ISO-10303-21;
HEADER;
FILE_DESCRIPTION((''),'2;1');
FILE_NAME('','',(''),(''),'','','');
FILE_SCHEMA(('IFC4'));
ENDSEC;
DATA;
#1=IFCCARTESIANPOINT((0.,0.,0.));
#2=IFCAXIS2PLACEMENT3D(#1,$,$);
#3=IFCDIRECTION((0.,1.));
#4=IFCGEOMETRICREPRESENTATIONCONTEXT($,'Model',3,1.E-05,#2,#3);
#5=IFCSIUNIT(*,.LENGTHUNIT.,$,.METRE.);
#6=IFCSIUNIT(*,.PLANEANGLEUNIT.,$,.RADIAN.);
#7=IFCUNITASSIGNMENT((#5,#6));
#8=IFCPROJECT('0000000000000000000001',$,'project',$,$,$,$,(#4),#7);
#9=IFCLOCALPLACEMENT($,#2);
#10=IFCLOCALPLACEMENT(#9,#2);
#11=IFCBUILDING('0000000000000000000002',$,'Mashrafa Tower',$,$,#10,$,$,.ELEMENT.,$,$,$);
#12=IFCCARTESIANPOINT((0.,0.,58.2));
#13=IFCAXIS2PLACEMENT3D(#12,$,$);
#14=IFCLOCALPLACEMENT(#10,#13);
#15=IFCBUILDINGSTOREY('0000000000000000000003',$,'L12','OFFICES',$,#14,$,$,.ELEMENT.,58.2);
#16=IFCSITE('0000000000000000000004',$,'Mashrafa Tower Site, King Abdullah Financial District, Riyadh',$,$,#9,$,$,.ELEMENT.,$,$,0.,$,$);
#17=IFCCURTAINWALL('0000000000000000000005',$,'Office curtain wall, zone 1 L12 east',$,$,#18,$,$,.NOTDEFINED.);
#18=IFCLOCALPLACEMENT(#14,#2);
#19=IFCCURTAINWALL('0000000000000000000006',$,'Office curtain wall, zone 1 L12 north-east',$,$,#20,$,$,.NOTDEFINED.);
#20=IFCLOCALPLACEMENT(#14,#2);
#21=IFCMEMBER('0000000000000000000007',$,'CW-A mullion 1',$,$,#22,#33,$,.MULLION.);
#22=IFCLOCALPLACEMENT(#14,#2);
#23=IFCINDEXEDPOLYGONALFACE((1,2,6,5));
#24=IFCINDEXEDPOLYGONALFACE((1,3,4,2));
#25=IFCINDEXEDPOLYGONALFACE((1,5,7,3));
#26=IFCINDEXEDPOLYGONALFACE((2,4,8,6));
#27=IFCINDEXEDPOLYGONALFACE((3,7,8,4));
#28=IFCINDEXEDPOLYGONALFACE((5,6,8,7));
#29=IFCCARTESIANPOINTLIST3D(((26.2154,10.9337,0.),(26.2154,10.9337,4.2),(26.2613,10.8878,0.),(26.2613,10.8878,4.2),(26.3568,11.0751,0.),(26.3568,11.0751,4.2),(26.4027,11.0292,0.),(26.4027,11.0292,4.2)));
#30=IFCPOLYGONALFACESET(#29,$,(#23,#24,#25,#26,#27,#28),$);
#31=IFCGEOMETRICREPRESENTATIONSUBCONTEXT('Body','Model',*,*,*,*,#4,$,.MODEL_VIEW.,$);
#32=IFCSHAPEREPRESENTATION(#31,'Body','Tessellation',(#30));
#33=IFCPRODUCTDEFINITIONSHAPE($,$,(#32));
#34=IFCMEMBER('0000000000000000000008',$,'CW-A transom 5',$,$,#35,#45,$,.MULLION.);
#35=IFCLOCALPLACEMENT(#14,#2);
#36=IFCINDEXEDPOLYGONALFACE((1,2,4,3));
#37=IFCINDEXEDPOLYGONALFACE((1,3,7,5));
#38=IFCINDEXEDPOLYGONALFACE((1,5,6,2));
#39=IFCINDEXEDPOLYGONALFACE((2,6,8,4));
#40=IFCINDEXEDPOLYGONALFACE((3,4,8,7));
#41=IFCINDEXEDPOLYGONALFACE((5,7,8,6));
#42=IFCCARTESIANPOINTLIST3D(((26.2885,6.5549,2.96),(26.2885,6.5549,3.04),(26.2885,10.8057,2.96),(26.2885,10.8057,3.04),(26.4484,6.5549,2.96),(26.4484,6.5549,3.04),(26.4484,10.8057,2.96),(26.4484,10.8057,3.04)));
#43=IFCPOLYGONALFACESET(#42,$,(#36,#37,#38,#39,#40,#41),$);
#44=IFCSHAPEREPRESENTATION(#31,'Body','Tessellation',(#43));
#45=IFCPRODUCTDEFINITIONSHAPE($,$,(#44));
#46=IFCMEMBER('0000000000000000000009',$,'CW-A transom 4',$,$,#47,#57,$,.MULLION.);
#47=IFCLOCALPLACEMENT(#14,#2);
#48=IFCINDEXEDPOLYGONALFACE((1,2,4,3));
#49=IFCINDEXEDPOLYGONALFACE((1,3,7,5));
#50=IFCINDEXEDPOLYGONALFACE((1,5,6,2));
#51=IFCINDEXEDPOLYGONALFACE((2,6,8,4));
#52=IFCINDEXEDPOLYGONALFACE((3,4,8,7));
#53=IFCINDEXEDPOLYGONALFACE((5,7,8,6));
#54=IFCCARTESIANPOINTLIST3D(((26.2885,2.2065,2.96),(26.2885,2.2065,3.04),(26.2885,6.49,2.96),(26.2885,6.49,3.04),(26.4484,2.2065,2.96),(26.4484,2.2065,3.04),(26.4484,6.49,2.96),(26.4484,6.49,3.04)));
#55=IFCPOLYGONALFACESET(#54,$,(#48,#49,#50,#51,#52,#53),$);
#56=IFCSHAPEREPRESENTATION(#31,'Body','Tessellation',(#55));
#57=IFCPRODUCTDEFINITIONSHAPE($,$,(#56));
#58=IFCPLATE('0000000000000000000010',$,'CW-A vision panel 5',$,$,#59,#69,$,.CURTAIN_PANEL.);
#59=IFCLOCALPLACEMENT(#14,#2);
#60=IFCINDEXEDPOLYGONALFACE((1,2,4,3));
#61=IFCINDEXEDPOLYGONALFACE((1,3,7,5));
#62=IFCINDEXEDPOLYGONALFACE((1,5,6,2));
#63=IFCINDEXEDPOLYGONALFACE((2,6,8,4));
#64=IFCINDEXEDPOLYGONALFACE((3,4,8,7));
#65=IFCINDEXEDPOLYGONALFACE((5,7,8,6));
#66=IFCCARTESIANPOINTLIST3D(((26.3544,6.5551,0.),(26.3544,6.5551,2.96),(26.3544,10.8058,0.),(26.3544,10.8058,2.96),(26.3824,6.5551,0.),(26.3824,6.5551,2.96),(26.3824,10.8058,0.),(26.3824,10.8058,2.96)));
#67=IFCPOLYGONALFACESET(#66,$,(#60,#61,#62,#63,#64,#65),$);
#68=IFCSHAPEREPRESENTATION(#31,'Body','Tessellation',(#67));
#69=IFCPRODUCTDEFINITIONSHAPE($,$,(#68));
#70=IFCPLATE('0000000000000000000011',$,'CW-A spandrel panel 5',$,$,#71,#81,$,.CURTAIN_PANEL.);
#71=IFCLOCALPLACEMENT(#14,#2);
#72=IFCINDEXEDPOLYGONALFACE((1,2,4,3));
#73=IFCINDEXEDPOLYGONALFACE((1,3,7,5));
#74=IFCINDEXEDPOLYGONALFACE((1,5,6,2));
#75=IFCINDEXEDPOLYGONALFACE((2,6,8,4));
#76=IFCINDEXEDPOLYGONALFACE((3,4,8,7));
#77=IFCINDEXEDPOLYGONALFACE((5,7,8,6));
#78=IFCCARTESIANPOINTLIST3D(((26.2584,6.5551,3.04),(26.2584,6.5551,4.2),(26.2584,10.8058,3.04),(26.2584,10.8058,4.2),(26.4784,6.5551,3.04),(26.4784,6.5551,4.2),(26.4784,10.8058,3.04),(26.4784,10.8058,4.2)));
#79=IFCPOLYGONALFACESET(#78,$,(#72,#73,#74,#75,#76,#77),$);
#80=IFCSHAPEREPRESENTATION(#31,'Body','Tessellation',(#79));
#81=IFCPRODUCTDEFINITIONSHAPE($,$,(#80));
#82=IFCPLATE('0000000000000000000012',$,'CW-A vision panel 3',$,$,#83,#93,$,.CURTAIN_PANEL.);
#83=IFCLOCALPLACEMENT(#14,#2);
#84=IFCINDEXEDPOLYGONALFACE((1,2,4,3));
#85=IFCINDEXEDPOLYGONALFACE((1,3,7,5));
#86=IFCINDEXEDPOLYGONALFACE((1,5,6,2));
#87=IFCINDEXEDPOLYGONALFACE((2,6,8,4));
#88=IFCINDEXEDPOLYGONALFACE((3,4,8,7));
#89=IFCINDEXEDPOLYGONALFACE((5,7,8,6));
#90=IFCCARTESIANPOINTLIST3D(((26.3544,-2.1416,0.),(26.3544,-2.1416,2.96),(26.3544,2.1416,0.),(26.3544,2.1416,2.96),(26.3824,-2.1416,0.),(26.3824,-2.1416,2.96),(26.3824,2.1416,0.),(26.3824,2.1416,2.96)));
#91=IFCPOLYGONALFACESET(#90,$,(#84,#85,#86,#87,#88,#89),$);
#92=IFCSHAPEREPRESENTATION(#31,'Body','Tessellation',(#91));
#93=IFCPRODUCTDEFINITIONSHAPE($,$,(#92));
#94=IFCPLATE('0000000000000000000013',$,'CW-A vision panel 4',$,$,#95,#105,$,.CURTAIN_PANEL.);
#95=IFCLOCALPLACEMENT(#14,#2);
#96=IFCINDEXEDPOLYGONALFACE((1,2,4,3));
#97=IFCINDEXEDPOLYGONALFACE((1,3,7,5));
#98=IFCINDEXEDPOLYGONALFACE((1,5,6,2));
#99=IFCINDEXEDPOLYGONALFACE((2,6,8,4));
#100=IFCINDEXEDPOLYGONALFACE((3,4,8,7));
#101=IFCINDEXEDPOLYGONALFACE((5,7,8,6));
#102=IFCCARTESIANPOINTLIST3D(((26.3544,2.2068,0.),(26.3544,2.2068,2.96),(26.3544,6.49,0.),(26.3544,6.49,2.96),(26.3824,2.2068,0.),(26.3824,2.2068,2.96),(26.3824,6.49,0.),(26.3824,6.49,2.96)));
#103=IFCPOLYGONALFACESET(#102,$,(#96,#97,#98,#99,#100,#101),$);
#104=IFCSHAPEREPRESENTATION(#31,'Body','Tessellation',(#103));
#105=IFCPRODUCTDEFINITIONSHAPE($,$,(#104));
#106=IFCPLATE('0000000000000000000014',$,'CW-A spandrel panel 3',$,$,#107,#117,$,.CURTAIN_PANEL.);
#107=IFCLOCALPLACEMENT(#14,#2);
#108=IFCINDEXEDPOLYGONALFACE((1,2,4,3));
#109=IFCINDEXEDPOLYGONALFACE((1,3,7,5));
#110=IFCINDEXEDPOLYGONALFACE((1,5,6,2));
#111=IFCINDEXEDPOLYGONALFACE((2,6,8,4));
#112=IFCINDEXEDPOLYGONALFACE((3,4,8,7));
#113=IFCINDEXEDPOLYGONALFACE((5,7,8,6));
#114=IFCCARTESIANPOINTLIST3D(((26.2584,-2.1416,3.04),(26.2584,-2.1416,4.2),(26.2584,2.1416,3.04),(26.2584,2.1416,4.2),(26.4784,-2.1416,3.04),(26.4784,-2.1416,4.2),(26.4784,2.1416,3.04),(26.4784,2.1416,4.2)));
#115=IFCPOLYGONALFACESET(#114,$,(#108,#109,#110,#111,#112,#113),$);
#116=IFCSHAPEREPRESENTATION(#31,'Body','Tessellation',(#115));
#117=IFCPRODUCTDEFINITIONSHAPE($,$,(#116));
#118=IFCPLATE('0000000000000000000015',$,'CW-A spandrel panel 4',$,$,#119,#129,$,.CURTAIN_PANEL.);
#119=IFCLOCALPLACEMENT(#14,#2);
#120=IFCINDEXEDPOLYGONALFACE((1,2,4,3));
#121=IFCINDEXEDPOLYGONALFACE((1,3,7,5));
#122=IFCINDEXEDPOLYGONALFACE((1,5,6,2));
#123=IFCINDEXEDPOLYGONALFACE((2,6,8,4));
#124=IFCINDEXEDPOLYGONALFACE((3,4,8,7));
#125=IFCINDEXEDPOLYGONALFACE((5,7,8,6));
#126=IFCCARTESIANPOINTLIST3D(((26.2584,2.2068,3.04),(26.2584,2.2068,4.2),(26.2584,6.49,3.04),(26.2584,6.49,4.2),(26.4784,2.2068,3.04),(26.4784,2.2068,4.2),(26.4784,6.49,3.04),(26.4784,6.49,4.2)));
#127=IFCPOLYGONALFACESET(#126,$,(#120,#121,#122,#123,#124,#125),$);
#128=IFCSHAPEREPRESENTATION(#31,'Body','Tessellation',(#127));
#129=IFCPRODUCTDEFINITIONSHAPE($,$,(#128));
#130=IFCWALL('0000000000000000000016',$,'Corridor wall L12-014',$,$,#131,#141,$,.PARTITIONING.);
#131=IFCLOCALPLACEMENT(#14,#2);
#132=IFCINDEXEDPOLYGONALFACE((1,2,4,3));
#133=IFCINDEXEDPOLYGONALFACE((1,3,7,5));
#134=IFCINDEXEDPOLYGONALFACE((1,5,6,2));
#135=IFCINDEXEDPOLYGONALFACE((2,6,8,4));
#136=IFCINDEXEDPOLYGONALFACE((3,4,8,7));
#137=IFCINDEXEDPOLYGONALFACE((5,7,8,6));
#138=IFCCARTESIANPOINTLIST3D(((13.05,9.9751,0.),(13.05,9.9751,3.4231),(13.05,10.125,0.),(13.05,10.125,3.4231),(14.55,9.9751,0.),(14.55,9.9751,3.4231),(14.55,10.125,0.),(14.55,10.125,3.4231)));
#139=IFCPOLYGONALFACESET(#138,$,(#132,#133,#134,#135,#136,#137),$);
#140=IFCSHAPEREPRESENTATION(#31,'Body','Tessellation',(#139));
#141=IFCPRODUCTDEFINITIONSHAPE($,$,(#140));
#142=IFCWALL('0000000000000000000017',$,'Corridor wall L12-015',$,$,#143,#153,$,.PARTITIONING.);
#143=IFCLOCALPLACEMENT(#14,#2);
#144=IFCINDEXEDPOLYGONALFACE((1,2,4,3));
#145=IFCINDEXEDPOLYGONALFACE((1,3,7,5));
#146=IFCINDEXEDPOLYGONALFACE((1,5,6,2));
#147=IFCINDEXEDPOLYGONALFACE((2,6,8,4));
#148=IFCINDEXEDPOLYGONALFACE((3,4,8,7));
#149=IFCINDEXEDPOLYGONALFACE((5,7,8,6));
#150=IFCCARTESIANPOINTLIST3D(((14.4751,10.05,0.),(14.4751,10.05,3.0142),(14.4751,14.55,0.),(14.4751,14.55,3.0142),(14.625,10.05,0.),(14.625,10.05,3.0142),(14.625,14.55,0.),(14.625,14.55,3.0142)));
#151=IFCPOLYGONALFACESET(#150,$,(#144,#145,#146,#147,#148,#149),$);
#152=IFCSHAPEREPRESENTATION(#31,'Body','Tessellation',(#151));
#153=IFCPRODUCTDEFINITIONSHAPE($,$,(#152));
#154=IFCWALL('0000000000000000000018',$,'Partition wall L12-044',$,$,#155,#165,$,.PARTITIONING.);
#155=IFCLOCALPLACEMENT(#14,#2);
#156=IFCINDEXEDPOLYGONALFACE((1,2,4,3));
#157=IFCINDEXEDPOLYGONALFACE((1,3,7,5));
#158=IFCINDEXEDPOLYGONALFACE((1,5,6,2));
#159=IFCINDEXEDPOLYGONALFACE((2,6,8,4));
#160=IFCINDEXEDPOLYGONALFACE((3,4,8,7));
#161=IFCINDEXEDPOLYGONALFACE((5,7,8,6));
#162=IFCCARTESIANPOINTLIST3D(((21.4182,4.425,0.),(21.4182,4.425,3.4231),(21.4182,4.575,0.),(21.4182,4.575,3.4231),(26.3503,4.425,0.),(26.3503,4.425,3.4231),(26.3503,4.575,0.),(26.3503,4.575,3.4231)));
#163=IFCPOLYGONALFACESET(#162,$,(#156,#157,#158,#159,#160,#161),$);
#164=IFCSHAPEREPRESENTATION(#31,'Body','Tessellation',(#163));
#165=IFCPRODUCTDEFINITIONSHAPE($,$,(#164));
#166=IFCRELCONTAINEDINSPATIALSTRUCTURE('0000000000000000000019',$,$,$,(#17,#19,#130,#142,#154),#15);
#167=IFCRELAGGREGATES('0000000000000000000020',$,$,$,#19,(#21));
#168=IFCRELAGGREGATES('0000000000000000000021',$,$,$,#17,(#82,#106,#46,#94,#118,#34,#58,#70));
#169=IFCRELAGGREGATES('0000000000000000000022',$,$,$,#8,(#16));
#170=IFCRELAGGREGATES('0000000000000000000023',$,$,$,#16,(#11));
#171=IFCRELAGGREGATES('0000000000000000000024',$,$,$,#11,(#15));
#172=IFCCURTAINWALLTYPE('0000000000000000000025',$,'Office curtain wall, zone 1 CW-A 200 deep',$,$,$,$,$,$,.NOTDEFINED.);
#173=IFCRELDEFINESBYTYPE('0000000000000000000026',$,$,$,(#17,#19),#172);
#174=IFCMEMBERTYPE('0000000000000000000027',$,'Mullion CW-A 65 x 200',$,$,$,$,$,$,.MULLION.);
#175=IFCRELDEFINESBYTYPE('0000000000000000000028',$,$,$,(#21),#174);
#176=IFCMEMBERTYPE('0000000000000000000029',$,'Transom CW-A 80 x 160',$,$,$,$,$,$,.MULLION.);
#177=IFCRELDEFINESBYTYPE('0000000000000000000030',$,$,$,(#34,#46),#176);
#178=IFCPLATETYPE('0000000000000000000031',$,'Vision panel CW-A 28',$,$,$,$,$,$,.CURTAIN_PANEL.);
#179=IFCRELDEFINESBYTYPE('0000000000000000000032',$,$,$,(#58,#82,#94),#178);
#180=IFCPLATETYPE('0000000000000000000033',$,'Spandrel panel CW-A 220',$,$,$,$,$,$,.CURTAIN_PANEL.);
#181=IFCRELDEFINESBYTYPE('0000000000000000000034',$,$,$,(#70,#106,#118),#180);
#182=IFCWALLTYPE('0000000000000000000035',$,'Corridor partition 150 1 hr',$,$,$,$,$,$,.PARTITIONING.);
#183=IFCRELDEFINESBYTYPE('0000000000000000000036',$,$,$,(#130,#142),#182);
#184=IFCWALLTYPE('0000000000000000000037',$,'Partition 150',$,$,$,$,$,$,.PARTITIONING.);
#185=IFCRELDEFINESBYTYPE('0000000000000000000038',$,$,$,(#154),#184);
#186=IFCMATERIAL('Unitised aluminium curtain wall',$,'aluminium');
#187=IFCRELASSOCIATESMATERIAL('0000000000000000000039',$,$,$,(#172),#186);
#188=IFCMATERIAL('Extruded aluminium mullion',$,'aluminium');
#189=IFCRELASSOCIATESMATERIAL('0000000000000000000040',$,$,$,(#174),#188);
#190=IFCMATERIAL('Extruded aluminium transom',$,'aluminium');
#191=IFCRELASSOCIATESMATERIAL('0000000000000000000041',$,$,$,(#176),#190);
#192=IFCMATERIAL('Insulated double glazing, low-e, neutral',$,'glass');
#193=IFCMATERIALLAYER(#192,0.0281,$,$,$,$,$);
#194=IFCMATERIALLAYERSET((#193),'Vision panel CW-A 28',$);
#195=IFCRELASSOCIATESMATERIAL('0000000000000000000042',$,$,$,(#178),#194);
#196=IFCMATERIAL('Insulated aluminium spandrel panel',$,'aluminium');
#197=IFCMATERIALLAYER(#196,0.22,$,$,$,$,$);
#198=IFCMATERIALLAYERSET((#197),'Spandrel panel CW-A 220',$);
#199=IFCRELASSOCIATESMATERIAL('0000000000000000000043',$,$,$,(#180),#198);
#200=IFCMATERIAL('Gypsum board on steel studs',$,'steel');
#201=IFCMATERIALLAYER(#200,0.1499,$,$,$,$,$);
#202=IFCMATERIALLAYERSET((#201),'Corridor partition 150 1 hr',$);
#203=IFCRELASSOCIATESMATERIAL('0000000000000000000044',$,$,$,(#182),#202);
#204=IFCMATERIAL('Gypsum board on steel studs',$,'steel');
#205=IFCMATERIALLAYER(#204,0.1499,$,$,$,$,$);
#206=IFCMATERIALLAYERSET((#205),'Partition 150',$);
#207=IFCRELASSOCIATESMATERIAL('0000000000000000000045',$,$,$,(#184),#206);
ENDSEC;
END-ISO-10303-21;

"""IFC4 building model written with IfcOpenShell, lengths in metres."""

from ifc_helpers import new_model, si_unit, direction, frame, frame_2d, origin, origin_2d, place, context, subcontext, project, spatial, rectangle, extrude, source, transform, mapped, material, layer, layer_set, material_profile, profile_set, type_object, type_shapes, element, aggregate, save


model = new_model("IFC4")

# Units and contexts
model_context = context("Model", 3, precision=1e-05, world=origin(), true_north=direction((0.0, 1.0)))
body_context = subcontext(model_context, "Body", "Model", "MODEL_VIEW")
ifc_project = project(units=[si_unit("LENGTHUNIT", "METRE"), si_unit("PLANEANGLEUNIT", "RADIAN")], contexts=[model_context])

# Site, building, storey
site_placement = place(None, origin())
site = spatial("IfcSite", under=ifc_project, at=site_placement, Name="Mashrafa Tower Site, King Abdullah Financial District, Riyadh", CompositionType="ELEMENT", RefElevation=0.0)
building_placement = place(site_placement, origin())
building = spatial("IfcBuilding", under=site, at=building_placement, Name="Mashrafa Tower", CompositionType="ELEMENT")
storey_placement = place(building_placement, frame((0.0, 0.0, 58.2)))
storey = spatial("IfcBuildingStorey", under=building, at=storey_placement, Name="L12", Description="OFFICES", CompositionType="ELEMENT", Elevation=58.2)

# Curtain wall
ifc_material_1 = material(Name="Unitised aluminium curtain wall", Category="aluminium")
curtain_wall_type = type_object("IfcCurtainWallType", Name="Office curtain wall, zone 1 CW-A 200 deep", PredefinedType="NOTDEFINED", material=ifc_material_1)
curtain_wall_1_placement = place(storey_placement, origin())
curtain_wall_1 = element("IfcCurtainWall", 1, at=curtain_wall_1_placement, inside=storey, type_object=curtain_wall_type, Name="Office curtain wall, zone 1 L12 east", PredefinedType="NOTDEFINED")
ifc_material_2 = material(Name="Extruded aluminium mullion", Category="aluminium")
ifc_material_profile_1 = material_profile(ifc_material_2, rectangle(XDim=0.2, YDim=0.0649, at=origin_2d()), Name="Mullion 65x200")
ifc_profile_set_1 = profile_set([ifc_material_profile_1], Name="Extruded aluminium mullion")
member_type_1 = type_object("IfcMemberType", Name="Mullion CW-A 65 x 200", PredefinedType="MULLION", material=ifc_profile_set_1)
shared_shape_1 = source(origin(), body_context, "Body", "SweptSolid", [
    extrude(rectangle(XDim=0.2, YDim=0.0649, at=origin_2d()), origin(), (0.0, 0.0, 1.0), 4.2),
])
type_shapes(member_type_1, [shared_shape_1])

# Curtain wall, member
curtain_wall_2_placement = place(storey_placement, origin())
curtain_wall_2 = element("IfcCurtainWall", 2, at=curtain_wall_2_placement, inside=storey, type_object=curtain_wall_type, Name="Office curtain wall, zone 1 L12 north-east", PredefinedType="NOTDEFINED")
member_1_placement = place(storey_placement, frame((26.3091, 10.9814, 0.0), z_axis=(0.0, 0.0, 1.0), x_axis=(-0.707107, -0.707107, 0.0)))
member_1 = element("IfcMember", 3, at=member_1_placement, type_object=member_type_1, Name="CW-A mullion 1", PredefinedType="MULLION", context=body_context, shape_type="MappedRepresentation", body=[
    mapped(shared_shape_1, transform((0.0, 0.0, 0.0))),
])
aggregate(curtain_wall_2, [member_1])

# Members
ifc_material_3 = material(Name="Extruded aluminium transom", Category="aluminium")
ifc_material_profile_2 = material_profile(ifc_material_3, rectangle(XDim=0.1599, YDim=0.0801, at=origin_2d()), Name="Transom 80x160")
ifc_profile_set_2 = profile_set([ifc_material_profile_2], Name="Extruded aluminium transom")
member_type_2 = type_object("IfcMemberType", Name="Transom CW-A 80 x 160", PredefinedType="MULLION", material=ifc_profile_set_2)
shared_shape_2 = source(origin(), body_context, "Body", "SweptSolid", [
    extrude(rectangle(XDim=0.1599, YDim=0.0801, at=origin_2d()), origin(), (0.0, 0.0, 1.0), 4.2507),
])
member_2_placement = place(storey_placement, frame((26.3684, 6.5549, 3.0), z_axis=(0.0, 1.0, 0.0), x_axis=(-1.0, 0.0, 0.0)))
member_2 = element("IfcMember", 4, at=member_2_placement, type_object=member_type_2, Name="CW-A transom 5", PredefinedType="MULLION", context=body_context, shape_type="MappedRepresentation", body=[
    mapped(shared_shape_2, transform((0.0, 0.0, 0.0))),
])
shared_shape_3 = source(origin(), body_context, "Body", "SweptSolid", [
    extrude(rectangle(XDim=0.1599, YDim=0.0801, at=origin_2d()), origin(), (0.0, 0.0, 1.0), 4.2834),
])
type_shapes(member_type_2, [shared_shape_2, shared_shape_3])
member_3_placement = place(storey_placement, frame((26.3684, 2.2065, 3.0), z_axis=(0.0, 1.0, 0.0), x_axis=(-1.0, 0.0, 0.0)))
member_3 = element("IfcMember", 5, at=member_3_placement, type_object=member_type_2, Name="CW-A transom 4", PredefinedType="MULLION", context=body_context, shape_type="MappedRepresentation", body=[
    mapped(shared_shape_3, transform((0.0, 0.0, 0.0))),
])

# Plates
ifc_material_4 = material(Name="Insulated double glazing, low-e, neutral", Category="glass")
ifc_layer_1 = layer(ifc_material_4, 0.0281)
ifc_layer_set_1 = layer_set([ifc_layer_1], Name="Vision panel CW-A 28")
plate_type_1 = type_object("IfcPlateType", Name="Vision panel CW-A 28", PredefinedType="CURTAIN_PANEL", material=ifc_layer_set_1)
shared_shape_4 = source(origin(), body_context, "Body", "SweptSolid", [
    extrude(rectangle(XDim=4.2507, YDim=0.0281, at=origin_2d()), origin(), (0.0, 0.0, 1.0), 2.96),
])
plate_1_placement = place(storey_placement, frame((26.3684, 8.6804, 0.0), z_axis=(0.0, 0.0, 1.0), x_axis=(0.0, 1.0, 0.0)))
plate_1 = element("IfcPlate", 6, at=plate_1_placement, type_object=plate_type_1, Name="CW-A vision panel 5", PredefinedType="CURTAIN_PANEL", context=body_context, shape_type="MappedRepresentation", body=[
    mapped(shared_shape_4, transform((0.0, 0.0, 0.0))),
])
ifc_material_5 = material(Name="Insulated aluminium spandrel panel", Category="aluminium")
ifc_layer_2 = layer(ifc_material_5, 0.22)
ifc_layer_set_2 = layer_set([ifc_layer_2], Name="Spandrel panel CW-A 220")
plate_type_2 = type_object("IfcPlateType", Name="Spandrel panel CW-A 220", PredefinedType="CURTAIN_PANEL", material=ifc_layer_set_2)
shared_shape_5 = source(origin(), body_context, "Body", "SweptSolid", [
    extrude(rectangle(XDim=4.2507, YDim=0.22, at=origin_2d()), origin(), (0.0, 0.0, 1.0), 1.1599),
])
plate_2_placement = place(storey_placement, frame((26.3684, 8.6804, 3.04), z_axis=(0.0, 0.0, 1.0), x_axis=(0.0, 1.0, 0.0)))
plate_2 = element("IfcPlate", 7, at=plate_2_placement, type_object=plate_type_2, Name="CW-A spandrel panel 5", PredefinedType="CURTAIN_PANEL", context=body_context, shape_type="MappedRepresentation", body=[
    mapped(shared_shape_5, transform((0.0, 0.0, 0.0))),
])
shared_shape_6 = source(origin(), body_context, "Body", "SweptSolid", [
    extrude(rectangle(XDim=4.2832, YDim=0.0281, at=origin_2d()), origin(), (0.0, 0.0, 1.0), 2.96),
])
type_shapes(plate_type_1, [shared_shape_4, shared_shape_6])
plate_3_placement = place(storey_placement, frame((26.3684, 0.0, 0.0), z_axis=(0.0, 0.0, 1.0), x_axis=(0.0, 1.0, 0.0)))
plate_3 = element("IfcPlate", 8, at=plate_3_placement, type_object=plate_type_1, Name="CW-A vision panel 3", PredefinedType="CURTAIN_PANEL", context=body_context, shape_type="MappedRepresentation", body=[
    mapped(shared_shape_6, transform((0.0, 0.0, 0.0))),
])
plate_4_placement = place(storey_placement, frame((26.3684, 4.3484, 0.0), z_axis=(0.0, 0.0, 1.0), x_axis=(0.0, 1.0, 0.0)))
plate_4 = element("IfcPlate", 9, at=plate_4_placement, type_object=plate_type_1, Name="CW-A vision panel 4", PredefinedType="CURTAIN_PANEL", context=body_context, shape_type="MappedRepresentation", body=[
    mapped(shared_shape_6, transform((0.0, 0.0, 0.0))),
])
shared_shape_7 = source(origin(), body_context, "Body", "SweptSolid", [
    extrude(rectangle(XDim=4.2832, YDim=0.22, at=origin_2d()), origin(), (0.0, 0.0, 1.0), 1.1599),
])
type_shapes(plate_type_2, [shared_shape_5, shared_shape_7])
plate_5_placement = place(storey_placement, frame((26.3684, 0.0, 3.04), z_axis=(0.0, 0.0, 1.0), x_axis=(0.0, 1.0, 0.0)))
plate_5 = element("IfcPlate", 10, at=plate_5_placement, type_object=plate_type_2, Name="CW-A spandrel panel 3", PredefinedType="CURTAIN_PANEL", context=body_context, shape_type="MappedRepresentation", body=[
    mapped(shared_shape_7, transform((0.0, 0.0, 0.0))),
])
plate_6_placement = place(storey_placement, frame((26.3684, 4.3484, 3.04), z_axis=(0.0, 0.0, 1.0), x_axis=(0.0, 1.0, 0.0)))
plate_6 = element("IfcPlate", 11, at=plate_6_placement, type_object=plate_type_2, Name="CW-A spandrel panel 4", PredefinedType="CURTAIN_PANEL", context=body_context, shape_type="MappedRepresentation", body=[
    mapped(shared_shape_7, transform((0.0, 0.0, 0.0))),
])
aggregate(curtain_wall_1, [plate_3, plate_5, member_3, plate_4, plate_6, member_2, plate_1, plate_2])

# Walls
ifc_material_6 = material(Name="Gypsum board on steel studs", Category="steel")
ifc_layer_3 = layer(ifc_material_6, 0.1499)
ifc_layer_set_3 = layer_set([ifc_layer_3], Name="Corridor partition 150 1 hr")
wall_type_1 = type_object("IfcWallType", Name="Corridor partition 150 1 hr", PredefinedType="PARTITIONING", material=ifc_layer_set_3)
wall_1_placement = place(storey_placement, frame((13.05, 10.05, 0.0), z_axis=(0.0, 0.0, 1.0), x_axis=(1.0, 0.0, 0.0)))
element("IfcWall", 12, at=wall_1_placement, inside=storey, type_object=wall_type_1, Name="Corridor wall L12-014", PredefinedType="PARTITIONING", context=body_context, shape_type="SweptSolid", body=[
    extrude(rectangle(XDim=1.5, YDim=0.1499, at=frame_2d((0.75, 0.0))), origin(), (0.0, 0.0, 1.0), 3.4231),
])
wall_2_placement = place(storey_placement, frame((14.55, 10.05, 0.0), z_axis=(0.0, 0.0, 1.0), x_axis=(0.0, 1.0, 0.0)))
element("IfcWall", 13, at=wall_2_placement, inside=storey, type_object=wall_type_1, Name="Corridor wall L12-015", PredefinedType="PARTITIONING", context=body_context, shape_type="SweptSolid", body=[
    extrude(rectangle(XDim=4.5, YDim=0.1499, at=frame_2d((2.25, 0.0))), origin(), (0.0, 0.0, 1.0), 3.0142),
])
ifc_material_7 = material(Name="Gypsum board on steel studs", Category="steel")
ifc_layer_4 = layer(ifc_material_7, 0.1499)
ifc_layer_set_4 = layer_set([ifc_layer_4], Name="Partition 150")
wall_type_2 = type_object("IfcWallType", Name="Partition 150", PredefinedType="PARTITIONING", material=ifc_layer_set_4)
wall_3_placement = place(storey_placement, frame((26.3503, 4.5, 0.0), z_axis=(0.0, 0.0, 1.0), x_axis=(-1.0, 0.0, 0.0)))
element("IfcWall", 14, at=wall_3_placement, inside=storey, type_object=wall_type_2, Name="Partition wall L12-044", PredefinedType="PARTITIONING", context=body_context, shape_type="SweptSolid", body=[
    extrude(rectangle(XDim=4.9321, YDim=0.1499, at=frame_2d((2.4661, 0.0))), origin(), (0.0, 0.0, 1.0), 3.4231),
])

save(model, "model.ifc")
